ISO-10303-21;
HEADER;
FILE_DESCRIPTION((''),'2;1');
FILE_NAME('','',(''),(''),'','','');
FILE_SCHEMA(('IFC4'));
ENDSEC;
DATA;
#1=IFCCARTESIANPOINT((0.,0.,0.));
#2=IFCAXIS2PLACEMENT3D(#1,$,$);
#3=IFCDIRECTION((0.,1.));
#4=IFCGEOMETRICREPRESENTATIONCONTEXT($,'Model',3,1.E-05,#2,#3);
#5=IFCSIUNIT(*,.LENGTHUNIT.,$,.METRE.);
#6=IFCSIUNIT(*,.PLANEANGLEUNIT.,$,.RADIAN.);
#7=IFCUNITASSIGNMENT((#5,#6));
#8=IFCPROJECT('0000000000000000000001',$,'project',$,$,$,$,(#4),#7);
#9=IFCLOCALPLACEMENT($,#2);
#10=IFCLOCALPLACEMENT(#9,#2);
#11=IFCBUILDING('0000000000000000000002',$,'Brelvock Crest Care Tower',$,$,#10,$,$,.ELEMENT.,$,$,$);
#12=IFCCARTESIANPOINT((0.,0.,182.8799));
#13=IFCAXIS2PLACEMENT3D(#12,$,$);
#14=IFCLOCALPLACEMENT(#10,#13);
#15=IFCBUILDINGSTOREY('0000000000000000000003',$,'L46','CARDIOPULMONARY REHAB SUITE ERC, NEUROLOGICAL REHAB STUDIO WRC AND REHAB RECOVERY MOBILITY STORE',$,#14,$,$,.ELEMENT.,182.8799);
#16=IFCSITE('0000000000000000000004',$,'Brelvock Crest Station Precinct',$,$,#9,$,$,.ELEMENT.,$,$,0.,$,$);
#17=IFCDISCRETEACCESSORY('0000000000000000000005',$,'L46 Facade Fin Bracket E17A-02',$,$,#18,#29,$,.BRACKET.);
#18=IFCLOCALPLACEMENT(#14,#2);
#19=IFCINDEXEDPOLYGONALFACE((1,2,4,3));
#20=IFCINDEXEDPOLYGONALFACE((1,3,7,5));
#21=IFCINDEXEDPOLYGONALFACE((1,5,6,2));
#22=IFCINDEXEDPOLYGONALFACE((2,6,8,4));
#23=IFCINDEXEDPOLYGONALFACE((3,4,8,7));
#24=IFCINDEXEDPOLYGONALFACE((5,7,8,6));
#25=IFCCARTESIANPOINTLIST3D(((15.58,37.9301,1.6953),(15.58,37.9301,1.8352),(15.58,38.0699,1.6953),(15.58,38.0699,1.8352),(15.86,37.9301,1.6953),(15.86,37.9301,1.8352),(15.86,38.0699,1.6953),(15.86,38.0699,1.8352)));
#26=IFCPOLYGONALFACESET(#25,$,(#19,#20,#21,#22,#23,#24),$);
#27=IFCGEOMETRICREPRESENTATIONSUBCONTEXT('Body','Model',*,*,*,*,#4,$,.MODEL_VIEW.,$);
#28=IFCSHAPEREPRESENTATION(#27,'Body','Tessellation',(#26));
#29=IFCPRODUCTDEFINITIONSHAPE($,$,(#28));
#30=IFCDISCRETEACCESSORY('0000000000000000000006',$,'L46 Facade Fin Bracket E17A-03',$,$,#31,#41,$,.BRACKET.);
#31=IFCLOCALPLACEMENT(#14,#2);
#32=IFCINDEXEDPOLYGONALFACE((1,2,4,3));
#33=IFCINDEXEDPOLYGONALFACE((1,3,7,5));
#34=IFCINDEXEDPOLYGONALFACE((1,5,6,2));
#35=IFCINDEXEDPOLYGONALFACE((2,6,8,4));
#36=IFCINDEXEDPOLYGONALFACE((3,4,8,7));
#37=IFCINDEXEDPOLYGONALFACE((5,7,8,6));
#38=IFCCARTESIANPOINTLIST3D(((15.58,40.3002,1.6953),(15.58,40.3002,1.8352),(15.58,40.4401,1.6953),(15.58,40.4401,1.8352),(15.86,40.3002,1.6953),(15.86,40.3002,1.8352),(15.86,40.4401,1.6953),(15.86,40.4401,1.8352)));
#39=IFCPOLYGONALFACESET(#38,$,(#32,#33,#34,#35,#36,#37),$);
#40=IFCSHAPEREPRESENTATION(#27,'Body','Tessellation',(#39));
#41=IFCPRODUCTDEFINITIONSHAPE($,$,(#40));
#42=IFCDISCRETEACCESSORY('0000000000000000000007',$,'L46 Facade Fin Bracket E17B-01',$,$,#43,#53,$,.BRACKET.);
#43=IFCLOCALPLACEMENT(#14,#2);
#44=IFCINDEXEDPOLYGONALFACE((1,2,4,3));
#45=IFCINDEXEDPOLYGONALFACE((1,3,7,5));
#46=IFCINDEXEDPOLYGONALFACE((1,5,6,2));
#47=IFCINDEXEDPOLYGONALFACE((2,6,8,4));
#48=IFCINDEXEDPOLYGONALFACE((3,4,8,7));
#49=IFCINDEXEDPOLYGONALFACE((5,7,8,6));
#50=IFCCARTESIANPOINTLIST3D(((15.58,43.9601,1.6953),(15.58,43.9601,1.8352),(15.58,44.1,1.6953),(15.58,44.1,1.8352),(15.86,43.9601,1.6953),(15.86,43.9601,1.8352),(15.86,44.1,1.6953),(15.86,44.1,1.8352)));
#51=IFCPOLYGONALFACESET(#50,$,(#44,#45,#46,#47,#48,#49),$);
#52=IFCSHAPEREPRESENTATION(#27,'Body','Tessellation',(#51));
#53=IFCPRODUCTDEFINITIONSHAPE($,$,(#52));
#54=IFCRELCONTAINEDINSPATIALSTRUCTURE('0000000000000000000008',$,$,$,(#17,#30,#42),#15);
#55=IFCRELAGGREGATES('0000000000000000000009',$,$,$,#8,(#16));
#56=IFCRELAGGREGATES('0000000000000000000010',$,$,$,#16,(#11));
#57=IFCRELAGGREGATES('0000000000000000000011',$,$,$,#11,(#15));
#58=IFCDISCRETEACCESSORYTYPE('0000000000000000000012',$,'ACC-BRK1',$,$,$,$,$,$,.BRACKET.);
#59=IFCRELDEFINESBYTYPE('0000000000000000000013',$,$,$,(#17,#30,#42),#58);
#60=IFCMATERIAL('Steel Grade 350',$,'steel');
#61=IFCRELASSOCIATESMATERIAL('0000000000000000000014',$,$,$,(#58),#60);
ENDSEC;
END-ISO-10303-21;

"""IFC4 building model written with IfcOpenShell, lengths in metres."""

from ifc_helpers import new_model, si_unit, direction, frame, origin, origin_2d, place, context, subcontext, project, spatial, rectangle, extrude, source, transform, mapped, material, type_object, element, save


model = new_model("IFC4")

# Units and contexts
model_context = context("Model", 3, precision=1e-05, world=origin(), true_north=direction((0.0, 1.0)))
body_context = subcontext(model_context, "Body", "Model", "MODEL_VIEW")
ifc_project = project(units=[si_unit("LENGTHUNIT", "METRE"), si_unit("PLANEANGLEUNIT", "RADIAN")], contexts=[model_context])

# Site, building, storey
site_placement = place(None, origin())
site = spatial("IfcSite", under=ifc_project, at=site_placement, Name="Brelvock Crest Station Precinct", CompositionType="ELEMENT", RefElevation=0.0)
building_placement = place(site_placement, origin())
building = spatial("IfcBuilding", under=site, at=building_placement, Name="Brelvock Crest Care Tower", CompositionType="ELEMENT")
storey_placement = place(building_placement, frame((0.0, 0.0, 182.8799)))
storey = spatial("IfcBuildingStorey", under=building, at=storey_placement, Name="L46", Description="CARDIOPULMONARY REHAB SUITE ERC, NEUROLOGICAL REHAB STUDIO WRC AND REHAB RECOVERY MOBILITY STORE", CompositionType="ELEMENT", Elevation=182.8799)

# Shared definitions
ifc_material_1 = material(Name="Steel Grade 350", Category="steel")

# Discrete accessories
discrete_accessory_type = type_object("IfcDiscreteAccessoryType", Name="ACC-BRK1", PredefinedType="BRACKET", material=ifc_material_1)
shared_shape_1 = source(origin(), body_context, "Body", "SweptSolid", [
    extrude(rectangle(XDim=0.28, YDim=0.1399, at=origin_2d()), origin(), (0.0, 0.0, 1.0), 0.1399),
])
for number, where, z_axis, x_axis, name in (
    (1, (15.72, 38.0, 1.6953), (0.0, 0.0, 1.0), (-1.0, 0.0, 0.0), "L46 Facade Fin Bracket E17A-02"),
    (2, (15.72, 40.3701, 1.6953), (0.0, 0.0, 1.0), (-1.0, 0.0, 0.0), "L46 Facade Fin Bracket E17A-03"),
    (3, (15.72, 44.03, 1.6953), (0.0, 0.0, 1.0), (-1.0, 0.0, 0.0), "L46 Facade Fin Bracket E17B-01"),
):
    element("IfcDiscreteAccessory", number, at=place(storey_placement, frame(where, z_axis=z_axis, x_axis=x_axis)), inside=storey, type_object=discrete_accessory_type, Name=name, PredefinedType="BRACKET", context=body_context, shape_type="MappedRepresentation", body=[
        mapped(shared_shape_1, transform((0.0, 0.0, 0.0), x_axis=(1.0, 0.0, 0.0), y_axis=(0.0, 1.0, 0.0), z_axis=(0.0, 0.0, 1.0), scale=1.0)),
    ])

save(model, "model.ifc")
